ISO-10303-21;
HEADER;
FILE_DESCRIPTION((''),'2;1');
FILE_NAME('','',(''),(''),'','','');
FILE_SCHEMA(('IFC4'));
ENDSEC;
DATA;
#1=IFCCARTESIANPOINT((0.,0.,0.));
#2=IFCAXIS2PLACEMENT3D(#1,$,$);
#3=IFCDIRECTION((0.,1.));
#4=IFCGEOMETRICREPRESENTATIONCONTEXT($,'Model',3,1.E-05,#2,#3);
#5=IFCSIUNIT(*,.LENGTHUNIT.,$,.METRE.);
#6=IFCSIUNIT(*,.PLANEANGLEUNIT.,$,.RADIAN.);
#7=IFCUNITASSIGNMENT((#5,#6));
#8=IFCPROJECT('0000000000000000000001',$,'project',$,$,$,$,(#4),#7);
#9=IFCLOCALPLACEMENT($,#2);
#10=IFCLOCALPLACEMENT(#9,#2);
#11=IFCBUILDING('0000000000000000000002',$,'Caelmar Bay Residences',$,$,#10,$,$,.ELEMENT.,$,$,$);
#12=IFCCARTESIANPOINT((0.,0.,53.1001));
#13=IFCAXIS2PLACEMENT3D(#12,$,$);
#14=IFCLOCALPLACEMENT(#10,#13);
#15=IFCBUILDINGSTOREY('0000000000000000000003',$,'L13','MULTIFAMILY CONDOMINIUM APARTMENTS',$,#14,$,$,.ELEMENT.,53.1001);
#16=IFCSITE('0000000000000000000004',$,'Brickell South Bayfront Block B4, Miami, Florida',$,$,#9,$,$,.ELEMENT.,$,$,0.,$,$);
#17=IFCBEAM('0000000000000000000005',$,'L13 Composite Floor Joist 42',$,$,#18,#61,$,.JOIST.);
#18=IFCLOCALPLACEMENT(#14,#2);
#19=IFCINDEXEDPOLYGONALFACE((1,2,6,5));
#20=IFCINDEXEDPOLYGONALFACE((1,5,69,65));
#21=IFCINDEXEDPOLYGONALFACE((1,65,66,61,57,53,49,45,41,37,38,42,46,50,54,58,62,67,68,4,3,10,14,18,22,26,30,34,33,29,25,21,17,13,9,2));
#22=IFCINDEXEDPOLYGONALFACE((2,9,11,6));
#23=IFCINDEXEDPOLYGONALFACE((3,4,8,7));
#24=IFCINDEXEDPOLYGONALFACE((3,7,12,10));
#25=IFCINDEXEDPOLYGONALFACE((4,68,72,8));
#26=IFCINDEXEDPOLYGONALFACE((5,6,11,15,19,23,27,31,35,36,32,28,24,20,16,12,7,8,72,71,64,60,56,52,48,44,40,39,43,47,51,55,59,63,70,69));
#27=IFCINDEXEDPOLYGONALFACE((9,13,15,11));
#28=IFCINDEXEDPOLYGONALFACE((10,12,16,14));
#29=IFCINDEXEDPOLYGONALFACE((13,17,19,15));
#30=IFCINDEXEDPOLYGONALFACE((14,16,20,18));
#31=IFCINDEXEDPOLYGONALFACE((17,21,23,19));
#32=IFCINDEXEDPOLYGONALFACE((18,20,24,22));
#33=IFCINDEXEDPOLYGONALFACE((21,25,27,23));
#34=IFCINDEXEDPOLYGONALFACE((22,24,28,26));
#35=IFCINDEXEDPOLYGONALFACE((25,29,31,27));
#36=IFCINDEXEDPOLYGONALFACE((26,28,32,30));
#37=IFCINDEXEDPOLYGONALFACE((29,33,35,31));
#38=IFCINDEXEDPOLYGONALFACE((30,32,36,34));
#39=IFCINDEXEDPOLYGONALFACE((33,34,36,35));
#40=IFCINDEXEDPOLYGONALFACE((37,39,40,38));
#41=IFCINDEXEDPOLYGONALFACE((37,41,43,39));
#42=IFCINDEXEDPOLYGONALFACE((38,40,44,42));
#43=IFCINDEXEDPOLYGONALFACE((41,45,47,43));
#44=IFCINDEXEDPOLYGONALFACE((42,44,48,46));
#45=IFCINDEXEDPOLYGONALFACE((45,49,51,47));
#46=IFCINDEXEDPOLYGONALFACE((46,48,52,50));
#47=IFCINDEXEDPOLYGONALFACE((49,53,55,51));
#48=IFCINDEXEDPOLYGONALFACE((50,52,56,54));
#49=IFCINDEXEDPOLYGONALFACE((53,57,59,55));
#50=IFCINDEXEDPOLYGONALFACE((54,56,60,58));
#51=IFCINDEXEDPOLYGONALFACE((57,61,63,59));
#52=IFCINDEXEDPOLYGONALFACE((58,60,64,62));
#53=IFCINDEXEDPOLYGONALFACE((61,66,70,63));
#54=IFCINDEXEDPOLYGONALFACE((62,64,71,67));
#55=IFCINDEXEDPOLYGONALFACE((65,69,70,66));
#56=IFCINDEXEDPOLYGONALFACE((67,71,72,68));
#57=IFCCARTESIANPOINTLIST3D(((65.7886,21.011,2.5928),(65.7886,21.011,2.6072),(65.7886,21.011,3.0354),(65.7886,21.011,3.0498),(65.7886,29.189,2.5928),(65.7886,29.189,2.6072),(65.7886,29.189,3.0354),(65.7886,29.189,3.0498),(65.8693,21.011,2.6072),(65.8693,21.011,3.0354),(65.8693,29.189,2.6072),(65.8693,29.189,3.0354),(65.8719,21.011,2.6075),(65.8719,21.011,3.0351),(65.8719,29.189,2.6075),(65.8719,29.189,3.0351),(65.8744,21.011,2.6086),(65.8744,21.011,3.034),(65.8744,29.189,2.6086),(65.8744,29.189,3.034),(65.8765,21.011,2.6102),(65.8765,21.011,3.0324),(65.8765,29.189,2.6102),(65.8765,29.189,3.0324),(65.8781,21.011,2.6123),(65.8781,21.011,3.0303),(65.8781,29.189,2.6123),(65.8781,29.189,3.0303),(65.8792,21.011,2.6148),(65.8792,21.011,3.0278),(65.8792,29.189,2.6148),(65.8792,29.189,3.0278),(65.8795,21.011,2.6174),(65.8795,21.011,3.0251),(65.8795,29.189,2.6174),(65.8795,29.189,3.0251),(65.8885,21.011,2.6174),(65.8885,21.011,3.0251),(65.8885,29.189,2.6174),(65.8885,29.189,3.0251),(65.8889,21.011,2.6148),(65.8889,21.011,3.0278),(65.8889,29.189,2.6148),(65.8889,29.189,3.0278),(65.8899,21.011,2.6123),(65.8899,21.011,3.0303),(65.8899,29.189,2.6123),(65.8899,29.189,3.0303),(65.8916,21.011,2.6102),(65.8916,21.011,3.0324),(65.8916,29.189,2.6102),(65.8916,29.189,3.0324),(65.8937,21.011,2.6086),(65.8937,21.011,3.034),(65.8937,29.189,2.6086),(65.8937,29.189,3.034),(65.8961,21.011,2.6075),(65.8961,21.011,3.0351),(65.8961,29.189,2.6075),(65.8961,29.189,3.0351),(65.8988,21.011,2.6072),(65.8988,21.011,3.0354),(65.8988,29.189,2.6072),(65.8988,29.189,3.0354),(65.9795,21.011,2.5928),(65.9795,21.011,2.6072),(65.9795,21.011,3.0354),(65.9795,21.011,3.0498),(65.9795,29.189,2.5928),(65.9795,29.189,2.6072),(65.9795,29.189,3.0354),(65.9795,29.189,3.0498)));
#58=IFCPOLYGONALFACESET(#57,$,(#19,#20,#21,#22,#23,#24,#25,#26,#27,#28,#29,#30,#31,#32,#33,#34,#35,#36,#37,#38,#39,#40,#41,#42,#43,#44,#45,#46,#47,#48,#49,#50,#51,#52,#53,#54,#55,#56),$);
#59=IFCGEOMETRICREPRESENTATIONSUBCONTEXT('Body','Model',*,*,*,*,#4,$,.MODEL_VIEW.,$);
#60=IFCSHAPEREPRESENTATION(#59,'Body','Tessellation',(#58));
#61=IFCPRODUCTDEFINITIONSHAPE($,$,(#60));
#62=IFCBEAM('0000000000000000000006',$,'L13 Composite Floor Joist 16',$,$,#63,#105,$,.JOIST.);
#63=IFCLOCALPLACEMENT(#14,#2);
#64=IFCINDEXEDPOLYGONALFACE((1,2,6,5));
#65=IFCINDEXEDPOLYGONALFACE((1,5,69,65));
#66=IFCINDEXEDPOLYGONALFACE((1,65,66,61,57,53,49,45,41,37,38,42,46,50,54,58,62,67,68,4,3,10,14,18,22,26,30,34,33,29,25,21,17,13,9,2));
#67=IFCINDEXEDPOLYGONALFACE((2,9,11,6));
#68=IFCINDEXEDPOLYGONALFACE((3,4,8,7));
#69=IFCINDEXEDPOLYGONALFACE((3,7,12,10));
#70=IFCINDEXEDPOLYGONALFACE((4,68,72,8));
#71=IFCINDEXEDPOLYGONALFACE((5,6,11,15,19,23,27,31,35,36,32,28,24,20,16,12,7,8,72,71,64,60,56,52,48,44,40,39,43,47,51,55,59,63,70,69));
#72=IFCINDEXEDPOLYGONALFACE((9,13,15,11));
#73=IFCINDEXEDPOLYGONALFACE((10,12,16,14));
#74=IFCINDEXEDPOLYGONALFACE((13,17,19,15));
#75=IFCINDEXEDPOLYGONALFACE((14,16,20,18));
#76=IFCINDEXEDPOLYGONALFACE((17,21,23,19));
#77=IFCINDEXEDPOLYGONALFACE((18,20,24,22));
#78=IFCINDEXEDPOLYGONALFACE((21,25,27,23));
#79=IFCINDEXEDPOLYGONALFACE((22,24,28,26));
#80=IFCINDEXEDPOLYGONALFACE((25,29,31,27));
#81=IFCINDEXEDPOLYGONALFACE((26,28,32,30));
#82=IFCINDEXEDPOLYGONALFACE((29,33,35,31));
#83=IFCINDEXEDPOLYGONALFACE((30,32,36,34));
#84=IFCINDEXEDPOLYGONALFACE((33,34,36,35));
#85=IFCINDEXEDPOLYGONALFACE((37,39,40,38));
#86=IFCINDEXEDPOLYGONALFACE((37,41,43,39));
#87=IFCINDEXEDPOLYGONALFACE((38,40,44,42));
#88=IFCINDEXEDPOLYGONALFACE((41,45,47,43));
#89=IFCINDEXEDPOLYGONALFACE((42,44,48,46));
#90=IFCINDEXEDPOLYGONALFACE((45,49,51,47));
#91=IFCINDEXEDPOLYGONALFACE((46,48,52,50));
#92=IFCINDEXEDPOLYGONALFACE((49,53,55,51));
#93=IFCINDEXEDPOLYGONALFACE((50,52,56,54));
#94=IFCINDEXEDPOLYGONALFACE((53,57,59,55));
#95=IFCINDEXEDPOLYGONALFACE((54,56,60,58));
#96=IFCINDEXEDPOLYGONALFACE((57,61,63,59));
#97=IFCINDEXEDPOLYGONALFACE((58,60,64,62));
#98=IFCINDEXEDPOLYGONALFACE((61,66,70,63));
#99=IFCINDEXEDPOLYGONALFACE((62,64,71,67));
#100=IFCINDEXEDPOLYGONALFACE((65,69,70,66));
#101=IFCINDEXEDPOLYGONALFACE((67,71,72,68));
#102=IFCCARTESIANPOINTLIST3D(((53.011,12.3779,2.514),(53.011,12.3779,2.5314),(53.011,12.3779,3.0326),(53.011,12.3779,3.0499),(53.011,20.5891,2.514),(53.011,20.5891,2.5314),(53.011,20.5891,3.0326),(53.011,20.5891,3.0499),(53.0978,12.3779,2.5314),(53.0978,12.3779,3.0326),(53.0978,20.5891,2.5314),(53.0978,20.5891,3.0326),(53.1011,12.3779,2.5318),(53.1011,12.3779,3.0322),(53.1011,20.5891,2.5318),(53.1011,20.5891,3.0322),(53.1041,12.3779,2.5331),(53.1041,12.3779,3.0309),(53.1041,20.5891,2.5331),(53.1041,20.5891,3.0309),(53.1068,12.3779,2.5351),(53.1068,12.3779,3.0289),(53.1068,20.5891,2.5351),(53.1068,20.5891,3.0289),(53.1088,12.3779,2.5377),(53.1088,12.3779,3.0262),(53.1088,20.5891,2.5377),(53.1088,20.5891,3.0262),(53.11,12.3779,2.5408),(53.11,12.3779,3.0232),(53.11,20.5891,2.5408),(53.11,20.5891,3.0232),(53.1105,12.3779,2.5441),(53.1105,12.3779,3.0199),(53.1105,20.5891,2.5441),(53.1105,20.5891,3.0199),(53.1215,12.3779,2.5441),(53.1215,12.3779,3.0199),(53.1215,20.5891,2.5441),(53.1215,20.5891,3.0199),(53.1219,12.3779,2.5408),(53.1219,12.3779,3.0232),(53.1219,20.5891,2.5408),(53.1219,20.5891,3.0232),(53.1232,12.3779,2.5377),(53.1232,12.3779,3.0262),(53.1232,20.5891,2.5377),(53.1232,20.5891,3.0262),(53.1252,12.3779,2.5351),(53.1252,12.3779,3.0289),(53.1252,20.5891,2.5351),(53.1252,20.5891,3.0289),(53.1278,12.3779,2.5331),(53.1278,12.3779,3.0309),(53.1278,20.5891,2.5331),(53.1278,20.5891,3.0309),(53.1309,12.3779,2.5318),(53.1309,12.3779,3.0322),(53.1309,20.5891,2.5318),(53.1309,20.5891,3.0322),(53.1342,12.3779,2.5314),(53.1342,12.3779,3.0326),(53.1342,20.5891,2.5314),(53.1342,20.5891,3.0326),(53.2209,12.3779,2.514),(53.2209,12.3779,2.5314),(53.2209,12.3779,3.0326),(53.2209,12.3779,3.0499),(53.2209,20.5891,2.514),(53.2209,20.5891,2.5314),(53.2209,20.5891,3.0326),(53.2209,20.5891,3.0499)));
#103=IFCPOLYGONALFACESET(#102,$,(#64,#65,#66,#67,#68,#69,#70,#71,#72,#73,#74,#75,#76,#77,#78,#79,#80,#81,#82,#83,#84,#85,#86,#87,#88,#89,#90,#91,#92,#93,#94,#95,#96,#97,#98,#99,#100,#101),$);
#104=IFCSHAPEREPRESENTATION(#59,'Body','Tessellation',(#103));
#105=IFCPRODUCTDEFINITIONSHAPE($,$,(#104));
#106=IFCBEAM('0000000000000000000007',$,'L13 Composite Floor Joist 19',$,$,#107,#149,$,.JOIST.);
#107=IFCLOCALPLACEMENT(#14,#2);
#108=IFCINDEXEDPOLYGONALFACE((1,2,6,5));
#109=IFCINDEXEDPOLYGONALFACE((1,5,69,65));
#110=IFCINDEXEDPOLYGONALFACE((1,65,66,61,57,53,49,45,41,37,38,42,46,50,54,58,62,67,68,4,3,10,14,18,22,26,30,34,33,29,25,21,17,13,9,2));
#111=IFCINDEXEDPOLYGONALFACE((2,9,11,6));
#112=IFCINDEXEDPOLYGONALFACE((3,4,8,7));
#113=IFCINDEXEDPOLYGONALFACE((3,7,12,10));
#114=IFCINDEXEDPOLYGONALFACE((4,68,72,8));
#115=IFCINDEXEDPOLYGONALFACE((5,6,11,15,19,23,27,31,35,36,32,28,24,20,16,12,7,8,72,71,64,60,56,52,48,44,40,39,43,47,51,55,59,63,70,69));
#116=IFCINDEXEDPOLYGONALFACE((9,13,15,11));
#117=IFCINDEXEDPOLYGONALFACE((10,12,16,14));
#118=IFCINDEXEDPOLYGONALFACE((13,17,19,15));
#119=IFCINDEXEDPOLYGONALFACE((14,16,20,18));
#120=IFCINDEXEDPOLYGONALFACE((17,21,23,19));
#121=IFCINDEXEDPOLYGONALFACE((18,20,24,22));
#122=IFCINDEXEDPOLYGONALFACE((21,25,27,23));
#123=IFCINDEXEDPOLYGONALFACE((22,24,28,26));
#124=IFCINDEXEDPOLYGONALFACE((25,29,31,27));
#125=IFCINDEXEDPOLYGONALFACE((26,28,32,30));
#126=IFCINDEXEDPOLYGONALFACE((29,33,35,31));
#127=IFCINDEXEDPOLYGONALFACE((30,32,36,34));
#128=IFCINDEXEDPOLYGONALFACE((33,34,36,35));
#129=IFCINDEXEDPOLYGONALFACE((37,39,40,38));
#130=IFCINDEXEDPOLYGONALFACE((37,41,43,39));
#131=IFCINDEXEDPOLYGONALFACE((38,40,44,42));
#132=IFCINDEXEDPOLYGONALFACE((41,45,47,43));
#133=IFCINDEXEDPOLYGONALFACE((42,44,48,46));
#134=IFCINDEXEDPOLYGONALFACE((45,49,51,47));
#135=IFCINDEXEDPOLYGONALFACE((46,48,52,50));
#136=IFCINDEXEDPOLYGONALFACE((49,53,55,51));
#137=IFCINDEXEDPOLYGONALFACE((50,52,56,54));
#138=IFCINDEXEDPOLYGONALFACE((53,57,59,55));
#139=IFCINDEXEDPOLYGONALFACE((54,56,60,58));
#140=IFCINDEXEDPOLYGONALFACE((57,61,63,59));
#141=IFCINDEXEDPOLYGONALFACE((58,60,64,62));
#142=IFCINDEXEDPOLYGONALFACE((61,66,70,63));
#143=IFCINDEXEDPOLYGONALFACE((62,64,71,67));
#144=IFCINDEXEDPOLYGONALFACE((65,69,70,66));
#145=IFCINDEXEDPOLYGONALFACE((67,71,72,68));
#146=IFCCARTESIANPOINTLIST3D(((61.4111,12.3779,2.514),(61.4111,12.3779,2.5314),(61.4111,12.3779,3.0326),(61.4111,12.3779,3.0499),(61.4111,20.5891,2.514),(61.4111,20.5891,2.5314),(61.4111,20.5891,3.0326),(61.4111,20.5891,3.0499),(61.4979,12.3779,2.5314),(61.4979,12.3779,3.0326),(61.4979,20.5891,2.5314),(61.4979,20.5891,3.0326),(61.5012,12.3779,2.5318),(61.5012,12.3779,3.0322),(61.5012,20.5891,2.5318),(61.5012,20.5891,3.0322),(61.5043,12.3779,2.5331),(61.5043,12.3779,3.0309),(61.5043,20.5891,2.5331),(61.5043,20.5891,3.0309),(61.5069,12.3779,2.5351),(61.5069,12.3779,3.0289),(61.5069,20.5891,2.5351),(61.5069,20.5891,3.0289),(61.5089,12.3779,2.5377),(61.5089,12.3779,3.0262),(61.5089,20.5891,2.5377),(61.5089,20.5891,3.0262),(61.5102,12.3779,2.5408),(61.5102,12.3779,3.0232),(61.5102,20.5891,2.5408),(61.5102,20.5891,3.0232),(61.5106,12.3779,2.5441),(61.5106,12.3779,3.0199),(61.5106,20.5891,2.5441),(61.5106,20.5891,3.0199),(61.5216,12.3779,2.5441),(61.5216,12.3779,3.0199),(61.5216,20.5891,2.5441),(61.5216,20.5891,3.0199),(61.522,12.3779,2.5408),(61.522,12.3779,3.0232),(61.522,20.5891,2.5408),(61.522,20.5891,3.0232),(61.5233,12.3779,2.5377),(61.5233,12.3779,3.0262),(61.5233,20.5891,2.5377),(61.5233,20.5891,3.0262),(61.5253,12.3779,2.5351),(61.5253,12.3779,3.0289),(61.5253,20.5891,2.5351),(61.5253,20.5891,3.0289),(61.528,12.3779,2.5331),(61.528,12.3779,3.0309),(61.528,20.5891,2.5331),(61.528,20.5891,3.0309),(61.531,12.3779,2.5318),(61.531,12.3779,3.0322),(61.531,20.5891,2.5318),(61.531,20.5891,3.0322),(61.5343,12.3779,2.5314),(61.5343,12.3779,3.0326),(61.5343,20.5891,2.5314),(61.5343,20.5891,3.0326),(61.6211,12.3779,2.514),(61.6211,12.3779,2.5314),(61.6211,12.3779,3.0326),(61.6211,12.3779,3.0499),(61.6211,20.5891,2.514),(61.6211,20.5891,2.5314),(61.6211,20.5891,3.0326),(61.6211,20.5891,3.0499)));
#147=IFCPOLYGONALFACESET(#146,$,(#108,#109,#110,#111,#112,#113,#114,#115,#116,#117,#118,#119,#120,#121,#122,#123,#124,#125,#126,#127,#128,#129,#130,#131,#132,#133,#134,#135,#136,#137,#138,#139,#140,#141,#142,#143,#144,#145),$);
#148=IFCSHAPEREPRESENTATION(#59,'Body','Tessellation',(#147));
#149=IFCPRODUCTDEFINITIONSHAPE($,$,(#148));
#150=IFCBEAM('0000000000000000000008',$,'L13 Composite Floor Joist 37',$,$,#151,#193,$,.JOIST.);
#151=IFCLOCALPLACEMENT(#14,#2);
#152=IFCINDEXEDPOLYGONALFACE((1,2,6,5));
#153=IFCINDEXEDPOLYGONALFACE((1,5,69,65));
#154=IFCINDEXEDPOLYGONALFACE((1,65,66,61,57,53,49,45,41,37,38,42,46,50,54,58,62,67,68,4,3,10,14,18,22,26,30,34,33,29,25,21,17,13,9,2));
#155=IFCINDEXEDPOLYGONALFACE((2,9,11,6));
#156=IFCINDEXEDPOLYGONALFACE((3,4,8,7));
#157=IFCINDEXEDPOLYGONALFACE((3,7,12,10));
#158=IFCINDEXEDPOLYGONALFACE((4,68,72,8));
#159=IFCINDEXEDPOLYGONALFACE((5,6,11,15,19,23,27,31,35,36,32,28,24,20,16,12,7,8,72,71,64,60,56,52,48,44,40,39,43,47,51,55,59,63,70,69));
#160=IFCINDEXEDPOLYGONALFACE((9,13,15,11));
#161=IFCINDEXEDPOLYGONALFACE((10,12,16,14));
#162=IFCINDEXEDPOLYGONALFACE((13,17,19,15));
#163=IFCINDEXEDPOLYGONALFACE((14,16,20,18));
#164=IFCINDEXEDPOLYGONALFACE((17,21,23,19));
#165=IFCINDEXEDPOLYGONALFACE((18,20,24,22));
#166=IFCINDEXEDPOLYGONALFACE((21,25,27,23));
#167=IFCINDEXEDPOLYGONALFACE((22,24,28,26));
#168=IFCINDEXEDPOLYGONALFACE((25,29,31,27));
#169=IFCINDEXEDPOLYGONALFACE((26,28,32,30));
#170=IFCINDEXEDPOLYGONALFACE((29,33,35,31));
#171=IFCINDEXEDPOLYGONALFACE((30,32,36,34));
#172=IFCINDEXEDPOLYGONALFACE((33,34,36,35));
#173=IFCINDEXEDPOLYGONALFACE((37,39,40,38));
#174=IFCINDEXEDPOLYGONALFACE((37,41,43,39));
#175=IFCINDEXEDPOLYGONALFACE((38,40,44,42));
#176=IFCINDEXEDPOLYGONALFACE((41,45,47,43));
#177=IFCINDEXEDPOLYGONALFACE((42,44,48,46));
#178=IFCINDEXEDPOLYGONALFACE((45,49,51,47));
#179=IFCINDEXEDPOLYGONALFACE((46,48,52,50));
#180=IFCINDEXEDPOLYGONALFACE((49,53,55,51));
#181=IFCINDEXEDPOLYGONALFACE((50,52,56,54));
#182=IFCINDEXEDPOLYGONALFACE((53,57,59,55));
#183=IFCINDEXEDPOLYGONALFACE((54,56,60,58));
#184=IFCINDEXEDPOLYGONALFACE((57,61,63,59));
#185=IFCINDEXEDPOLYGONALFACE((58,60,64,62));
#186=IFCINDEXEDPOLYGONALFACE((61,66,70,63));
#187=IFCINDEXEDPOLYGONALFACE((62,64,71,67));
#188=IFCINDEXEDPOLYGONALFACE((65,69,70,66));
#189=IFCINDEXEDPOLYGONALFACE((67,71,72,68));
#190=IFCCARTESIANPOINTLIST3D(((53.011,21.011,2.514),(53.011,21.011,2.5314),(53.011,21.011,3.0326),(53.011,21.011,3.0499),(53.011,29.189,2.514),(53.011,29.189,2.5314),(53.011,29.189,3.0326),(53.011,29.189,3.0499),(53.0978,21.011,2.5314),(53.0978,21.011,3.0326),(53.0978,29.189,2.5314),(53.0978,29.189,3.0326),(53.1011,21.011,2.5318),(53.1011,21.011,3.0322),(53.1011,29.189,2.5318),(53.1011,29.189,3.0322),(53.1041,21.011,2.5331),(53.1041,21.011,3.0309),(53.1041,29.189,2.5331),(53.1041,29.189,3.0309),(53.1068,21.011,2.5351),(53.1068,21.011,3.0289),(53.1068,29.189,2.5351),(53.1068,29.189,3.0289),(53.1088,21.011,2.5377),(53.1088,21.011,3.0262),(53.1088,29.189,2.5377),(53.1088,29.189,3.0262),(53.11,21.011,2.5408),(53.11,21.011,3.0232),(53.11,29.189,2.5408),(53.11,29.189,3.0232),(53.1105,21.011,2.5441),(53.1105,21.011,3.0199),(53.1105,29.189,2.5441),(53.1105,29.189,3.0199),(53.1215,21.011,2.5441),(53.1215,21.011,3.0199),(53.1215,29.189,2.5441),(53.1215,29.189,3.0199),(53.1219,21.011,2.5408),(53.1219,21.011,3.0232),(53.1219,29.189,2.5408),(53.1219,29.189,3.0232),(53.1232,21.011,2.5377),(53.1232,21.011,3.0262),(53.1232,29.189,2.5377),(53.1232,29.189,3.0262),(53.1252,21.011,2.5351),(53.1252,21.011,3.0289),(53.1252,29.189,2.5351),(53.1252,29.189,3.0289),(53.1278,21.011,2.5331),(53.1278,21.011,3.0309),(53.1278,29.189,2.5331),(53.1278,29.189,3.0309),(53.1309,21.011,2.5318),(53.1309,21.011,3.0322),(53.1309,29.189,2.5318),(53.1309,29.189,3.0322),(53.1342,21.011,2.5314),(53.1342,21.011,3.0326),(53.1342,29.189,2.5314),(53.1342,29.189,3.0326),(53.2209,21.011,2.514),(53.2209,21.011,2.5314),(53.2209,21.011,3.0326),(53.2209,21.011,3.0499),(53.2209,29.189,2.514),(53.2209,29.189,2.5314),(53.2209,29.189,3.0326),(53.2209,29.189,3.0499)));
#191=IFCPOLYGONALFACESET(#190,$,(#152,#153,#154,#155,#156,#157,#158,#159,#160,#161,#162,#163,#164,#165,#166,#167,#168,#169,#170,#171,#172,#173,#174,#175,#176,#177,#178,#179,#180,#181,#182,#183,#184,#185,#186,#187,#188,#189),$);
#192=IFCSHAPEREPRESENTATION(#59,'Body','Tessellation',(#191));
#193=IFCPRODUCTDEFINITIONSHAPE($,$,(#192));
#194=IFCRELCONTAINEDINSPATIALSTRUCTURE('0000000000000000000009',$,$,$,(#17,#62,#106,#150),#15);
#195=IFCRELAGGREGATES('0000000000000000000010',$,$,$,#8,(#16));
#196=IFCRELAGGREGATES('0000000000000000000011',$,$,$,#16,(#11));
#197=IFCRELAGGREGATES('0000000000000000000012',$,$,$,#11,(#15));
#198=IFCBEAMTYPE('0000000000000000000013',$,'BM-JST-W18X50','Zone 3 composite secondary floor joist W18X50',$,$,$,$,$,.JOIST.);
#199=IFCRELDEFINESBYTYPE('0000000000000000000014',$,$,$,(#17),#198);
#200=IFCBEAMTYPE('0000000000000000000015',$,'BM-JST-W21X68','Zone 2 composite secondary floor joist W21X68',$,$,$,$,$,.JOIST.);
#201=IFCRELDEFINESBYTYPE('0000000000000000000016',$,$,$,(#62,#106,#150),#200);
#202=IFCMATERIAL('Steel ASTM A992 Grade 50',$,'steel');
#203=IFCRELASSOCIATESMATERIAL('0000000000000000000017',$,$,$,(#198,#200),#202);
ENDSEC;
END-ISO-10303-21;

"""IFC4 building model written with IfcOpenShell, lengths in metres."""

from ifc_helpers import new_model, si_unit, direction, frame, origin, origin_2d, place, context, subcontext, project, spatial, i_section, extrude, material, material_profile, profile_set, type_object, element, save


model = new_model("IFC4")

# Units and contexts
model_context = context("Model", 3, precision=1e-05, world=origin(), true_north=direction((0.0, 1.0)))
body_context = subcontext(model_context, "Body", "Model", "MODEL_VIEW")
ifc_project = project(units=[si_unit("LENGTHUNIT", "METRE"), si_unit("PLANEANGLEUNIT", "RADIAN")], contexts=[model_context])

# Site, building, storey
site_placement = place(None, origin())
site = spatial("IfcSite", under=ifc_project, at=site_placement, Name="Brickell South Bayfront Block B4, Miami, Florida", CompositionType="ELEMENT", RefElevation=0.0)
building_placement = place(site_placement, origin())
building = spatial("IfcBuilding", under=site, at=building_placement, Name="Caelmar Bay Residences", CompositionType="ELEMENT")
storey_placement = place(building_placement, frame((0.0, 0.0, 53.1001)))
storey = spatial("IfcBuildingStorey", under=building, at=storey_placement, Name="L13", Description="MULTIFAMILY CONDOMINIUM APARTMENTS", CompositionType="ELEMENT", Elevation=53.1001)

# Beams
ifc_material_1 = material(Name="Steel ASTM A992 Grade 50", Category="steel")
ifc_material_profile_1 = material_profile(ifc_material_1, i_section(OverallWidth=0.1909, OverallDepth=0.457, WebThickness=0.009, FlangeThickness=0.0144, FilletRadius=0.0103, at=origin_2d()), Name="W18X50")
ifc_profile_set_1 = profile_set([ifc_material_profile_1], Name="Steel ASTM A992 Grade 50")
beam_type_1 = type_object("IfcBeamType", Name="BM-JST-W18X50", Description="Zone 3 composite secondary floor joist W18X50", PredefinedType="JOIST", material=ifc_profile_set_1)
for number, where, z_axis, x_axis, name in (
    (1, (65.884, 21.011, 2.8213), (0.0, 1.0, 0.0), (-1.0, 0.0, 0.0), "L13 Composite Floor Joist 42"),
):
    element("IfcBeam", number, at=place(storey_placement, frame(where, z_axis=z_axis, x_axis=x_axis)), inside=storey, type_object=beam_type_1, Name=name, PredefinedType="JOIST", context=body_context, shape_type="SweptSolid", body=[
        extrude(i_section(OverallWidth=0.1909, OverallDepth=0.457, WebThickness=0.009, FlangeThickness=0.0144, FilletRadius=0.0103, at=origin_2d()), origin(), (0.0, 0.0, 1.0), 8.178),
    ])
ifc_material_profile_2 = material_profile(ifc_material_1, i_section(OverallWidth=0.21, OverallDepth=0.5359, WebThickness=0.011, FlangeThickness=0.0173, FilletRadius=0.0127, at=origin_2d()), Name="W21X68")
ifc_profile_set_2 = profile_set([ifc_material_profile_2], Name="Steel ASTM A992 Grade 50")
beam_type_2 = type_object("IfcBeamType", Name="BM-JST-W21X68", Description="Zone 2 composite secondary floor joist W21X68", PredefinedType="JOIST", material=ifc_profile_set_2)
for number, where, z_axis, x_axis, name in (
    (2, (53.116, 12.3779, 2.782), (0.0, 1.0, 0.0), (-1.0, 0.0, 0.0), "L13 Composite Floor Joist 16"),
    (3, (61.5161, 12.3779, 2.782), (0.0, 1.0, 0.0), (-1.0, 0.0, 0.0), "L13 Composite Floor Joist 19"),
):
    element("IfcBeam", number, at=place(storey_placement, frame(where, z_axis=z_axis, x_axis=x_axis)), inside=storey, type_object=beam_type_2, Name=name, PredefinedType="JOIST", context=body_context, shape_type="SweptSolid", body=[
        extrude(i_section(OverallWidth=0.21, OverallDepth=0.5359, WebThickness=0.011, FlangeThickness=0.0173, FilletRadius=0.0127, at=origin_2d()), origin(), (0.0, 0.0, 1.0), 8.2112),
    ])
for number, where, z_axis, x_axis, name in (
    (4, (53.116, 21.011, 2.782), (0.0, 1.0, 0.0), (-1.0, 0.0, 0.0), "L13 Composite Floor Joist 37"),
):
    element("IfcBeam", number, at=place(storey_placement, frame(where, z_axis=z_axis, x_axis=x_axis)), inside=storey, type_object=beam_type_2, Name=name, PredefinedType="JOIST", context=body_context, shape_type="SweptSolid", body=[
        extrude(i_section(OverallWidth=0.21, OverallDepth=0.5359, WebThickness=0.011, FlangeThickness=0.0173, FilletRadius=0.0127, at=origin_2d()), origin(), (0.0, 0.0, 1.0), 8.178),
    ])

save(model, "model.ifc")
